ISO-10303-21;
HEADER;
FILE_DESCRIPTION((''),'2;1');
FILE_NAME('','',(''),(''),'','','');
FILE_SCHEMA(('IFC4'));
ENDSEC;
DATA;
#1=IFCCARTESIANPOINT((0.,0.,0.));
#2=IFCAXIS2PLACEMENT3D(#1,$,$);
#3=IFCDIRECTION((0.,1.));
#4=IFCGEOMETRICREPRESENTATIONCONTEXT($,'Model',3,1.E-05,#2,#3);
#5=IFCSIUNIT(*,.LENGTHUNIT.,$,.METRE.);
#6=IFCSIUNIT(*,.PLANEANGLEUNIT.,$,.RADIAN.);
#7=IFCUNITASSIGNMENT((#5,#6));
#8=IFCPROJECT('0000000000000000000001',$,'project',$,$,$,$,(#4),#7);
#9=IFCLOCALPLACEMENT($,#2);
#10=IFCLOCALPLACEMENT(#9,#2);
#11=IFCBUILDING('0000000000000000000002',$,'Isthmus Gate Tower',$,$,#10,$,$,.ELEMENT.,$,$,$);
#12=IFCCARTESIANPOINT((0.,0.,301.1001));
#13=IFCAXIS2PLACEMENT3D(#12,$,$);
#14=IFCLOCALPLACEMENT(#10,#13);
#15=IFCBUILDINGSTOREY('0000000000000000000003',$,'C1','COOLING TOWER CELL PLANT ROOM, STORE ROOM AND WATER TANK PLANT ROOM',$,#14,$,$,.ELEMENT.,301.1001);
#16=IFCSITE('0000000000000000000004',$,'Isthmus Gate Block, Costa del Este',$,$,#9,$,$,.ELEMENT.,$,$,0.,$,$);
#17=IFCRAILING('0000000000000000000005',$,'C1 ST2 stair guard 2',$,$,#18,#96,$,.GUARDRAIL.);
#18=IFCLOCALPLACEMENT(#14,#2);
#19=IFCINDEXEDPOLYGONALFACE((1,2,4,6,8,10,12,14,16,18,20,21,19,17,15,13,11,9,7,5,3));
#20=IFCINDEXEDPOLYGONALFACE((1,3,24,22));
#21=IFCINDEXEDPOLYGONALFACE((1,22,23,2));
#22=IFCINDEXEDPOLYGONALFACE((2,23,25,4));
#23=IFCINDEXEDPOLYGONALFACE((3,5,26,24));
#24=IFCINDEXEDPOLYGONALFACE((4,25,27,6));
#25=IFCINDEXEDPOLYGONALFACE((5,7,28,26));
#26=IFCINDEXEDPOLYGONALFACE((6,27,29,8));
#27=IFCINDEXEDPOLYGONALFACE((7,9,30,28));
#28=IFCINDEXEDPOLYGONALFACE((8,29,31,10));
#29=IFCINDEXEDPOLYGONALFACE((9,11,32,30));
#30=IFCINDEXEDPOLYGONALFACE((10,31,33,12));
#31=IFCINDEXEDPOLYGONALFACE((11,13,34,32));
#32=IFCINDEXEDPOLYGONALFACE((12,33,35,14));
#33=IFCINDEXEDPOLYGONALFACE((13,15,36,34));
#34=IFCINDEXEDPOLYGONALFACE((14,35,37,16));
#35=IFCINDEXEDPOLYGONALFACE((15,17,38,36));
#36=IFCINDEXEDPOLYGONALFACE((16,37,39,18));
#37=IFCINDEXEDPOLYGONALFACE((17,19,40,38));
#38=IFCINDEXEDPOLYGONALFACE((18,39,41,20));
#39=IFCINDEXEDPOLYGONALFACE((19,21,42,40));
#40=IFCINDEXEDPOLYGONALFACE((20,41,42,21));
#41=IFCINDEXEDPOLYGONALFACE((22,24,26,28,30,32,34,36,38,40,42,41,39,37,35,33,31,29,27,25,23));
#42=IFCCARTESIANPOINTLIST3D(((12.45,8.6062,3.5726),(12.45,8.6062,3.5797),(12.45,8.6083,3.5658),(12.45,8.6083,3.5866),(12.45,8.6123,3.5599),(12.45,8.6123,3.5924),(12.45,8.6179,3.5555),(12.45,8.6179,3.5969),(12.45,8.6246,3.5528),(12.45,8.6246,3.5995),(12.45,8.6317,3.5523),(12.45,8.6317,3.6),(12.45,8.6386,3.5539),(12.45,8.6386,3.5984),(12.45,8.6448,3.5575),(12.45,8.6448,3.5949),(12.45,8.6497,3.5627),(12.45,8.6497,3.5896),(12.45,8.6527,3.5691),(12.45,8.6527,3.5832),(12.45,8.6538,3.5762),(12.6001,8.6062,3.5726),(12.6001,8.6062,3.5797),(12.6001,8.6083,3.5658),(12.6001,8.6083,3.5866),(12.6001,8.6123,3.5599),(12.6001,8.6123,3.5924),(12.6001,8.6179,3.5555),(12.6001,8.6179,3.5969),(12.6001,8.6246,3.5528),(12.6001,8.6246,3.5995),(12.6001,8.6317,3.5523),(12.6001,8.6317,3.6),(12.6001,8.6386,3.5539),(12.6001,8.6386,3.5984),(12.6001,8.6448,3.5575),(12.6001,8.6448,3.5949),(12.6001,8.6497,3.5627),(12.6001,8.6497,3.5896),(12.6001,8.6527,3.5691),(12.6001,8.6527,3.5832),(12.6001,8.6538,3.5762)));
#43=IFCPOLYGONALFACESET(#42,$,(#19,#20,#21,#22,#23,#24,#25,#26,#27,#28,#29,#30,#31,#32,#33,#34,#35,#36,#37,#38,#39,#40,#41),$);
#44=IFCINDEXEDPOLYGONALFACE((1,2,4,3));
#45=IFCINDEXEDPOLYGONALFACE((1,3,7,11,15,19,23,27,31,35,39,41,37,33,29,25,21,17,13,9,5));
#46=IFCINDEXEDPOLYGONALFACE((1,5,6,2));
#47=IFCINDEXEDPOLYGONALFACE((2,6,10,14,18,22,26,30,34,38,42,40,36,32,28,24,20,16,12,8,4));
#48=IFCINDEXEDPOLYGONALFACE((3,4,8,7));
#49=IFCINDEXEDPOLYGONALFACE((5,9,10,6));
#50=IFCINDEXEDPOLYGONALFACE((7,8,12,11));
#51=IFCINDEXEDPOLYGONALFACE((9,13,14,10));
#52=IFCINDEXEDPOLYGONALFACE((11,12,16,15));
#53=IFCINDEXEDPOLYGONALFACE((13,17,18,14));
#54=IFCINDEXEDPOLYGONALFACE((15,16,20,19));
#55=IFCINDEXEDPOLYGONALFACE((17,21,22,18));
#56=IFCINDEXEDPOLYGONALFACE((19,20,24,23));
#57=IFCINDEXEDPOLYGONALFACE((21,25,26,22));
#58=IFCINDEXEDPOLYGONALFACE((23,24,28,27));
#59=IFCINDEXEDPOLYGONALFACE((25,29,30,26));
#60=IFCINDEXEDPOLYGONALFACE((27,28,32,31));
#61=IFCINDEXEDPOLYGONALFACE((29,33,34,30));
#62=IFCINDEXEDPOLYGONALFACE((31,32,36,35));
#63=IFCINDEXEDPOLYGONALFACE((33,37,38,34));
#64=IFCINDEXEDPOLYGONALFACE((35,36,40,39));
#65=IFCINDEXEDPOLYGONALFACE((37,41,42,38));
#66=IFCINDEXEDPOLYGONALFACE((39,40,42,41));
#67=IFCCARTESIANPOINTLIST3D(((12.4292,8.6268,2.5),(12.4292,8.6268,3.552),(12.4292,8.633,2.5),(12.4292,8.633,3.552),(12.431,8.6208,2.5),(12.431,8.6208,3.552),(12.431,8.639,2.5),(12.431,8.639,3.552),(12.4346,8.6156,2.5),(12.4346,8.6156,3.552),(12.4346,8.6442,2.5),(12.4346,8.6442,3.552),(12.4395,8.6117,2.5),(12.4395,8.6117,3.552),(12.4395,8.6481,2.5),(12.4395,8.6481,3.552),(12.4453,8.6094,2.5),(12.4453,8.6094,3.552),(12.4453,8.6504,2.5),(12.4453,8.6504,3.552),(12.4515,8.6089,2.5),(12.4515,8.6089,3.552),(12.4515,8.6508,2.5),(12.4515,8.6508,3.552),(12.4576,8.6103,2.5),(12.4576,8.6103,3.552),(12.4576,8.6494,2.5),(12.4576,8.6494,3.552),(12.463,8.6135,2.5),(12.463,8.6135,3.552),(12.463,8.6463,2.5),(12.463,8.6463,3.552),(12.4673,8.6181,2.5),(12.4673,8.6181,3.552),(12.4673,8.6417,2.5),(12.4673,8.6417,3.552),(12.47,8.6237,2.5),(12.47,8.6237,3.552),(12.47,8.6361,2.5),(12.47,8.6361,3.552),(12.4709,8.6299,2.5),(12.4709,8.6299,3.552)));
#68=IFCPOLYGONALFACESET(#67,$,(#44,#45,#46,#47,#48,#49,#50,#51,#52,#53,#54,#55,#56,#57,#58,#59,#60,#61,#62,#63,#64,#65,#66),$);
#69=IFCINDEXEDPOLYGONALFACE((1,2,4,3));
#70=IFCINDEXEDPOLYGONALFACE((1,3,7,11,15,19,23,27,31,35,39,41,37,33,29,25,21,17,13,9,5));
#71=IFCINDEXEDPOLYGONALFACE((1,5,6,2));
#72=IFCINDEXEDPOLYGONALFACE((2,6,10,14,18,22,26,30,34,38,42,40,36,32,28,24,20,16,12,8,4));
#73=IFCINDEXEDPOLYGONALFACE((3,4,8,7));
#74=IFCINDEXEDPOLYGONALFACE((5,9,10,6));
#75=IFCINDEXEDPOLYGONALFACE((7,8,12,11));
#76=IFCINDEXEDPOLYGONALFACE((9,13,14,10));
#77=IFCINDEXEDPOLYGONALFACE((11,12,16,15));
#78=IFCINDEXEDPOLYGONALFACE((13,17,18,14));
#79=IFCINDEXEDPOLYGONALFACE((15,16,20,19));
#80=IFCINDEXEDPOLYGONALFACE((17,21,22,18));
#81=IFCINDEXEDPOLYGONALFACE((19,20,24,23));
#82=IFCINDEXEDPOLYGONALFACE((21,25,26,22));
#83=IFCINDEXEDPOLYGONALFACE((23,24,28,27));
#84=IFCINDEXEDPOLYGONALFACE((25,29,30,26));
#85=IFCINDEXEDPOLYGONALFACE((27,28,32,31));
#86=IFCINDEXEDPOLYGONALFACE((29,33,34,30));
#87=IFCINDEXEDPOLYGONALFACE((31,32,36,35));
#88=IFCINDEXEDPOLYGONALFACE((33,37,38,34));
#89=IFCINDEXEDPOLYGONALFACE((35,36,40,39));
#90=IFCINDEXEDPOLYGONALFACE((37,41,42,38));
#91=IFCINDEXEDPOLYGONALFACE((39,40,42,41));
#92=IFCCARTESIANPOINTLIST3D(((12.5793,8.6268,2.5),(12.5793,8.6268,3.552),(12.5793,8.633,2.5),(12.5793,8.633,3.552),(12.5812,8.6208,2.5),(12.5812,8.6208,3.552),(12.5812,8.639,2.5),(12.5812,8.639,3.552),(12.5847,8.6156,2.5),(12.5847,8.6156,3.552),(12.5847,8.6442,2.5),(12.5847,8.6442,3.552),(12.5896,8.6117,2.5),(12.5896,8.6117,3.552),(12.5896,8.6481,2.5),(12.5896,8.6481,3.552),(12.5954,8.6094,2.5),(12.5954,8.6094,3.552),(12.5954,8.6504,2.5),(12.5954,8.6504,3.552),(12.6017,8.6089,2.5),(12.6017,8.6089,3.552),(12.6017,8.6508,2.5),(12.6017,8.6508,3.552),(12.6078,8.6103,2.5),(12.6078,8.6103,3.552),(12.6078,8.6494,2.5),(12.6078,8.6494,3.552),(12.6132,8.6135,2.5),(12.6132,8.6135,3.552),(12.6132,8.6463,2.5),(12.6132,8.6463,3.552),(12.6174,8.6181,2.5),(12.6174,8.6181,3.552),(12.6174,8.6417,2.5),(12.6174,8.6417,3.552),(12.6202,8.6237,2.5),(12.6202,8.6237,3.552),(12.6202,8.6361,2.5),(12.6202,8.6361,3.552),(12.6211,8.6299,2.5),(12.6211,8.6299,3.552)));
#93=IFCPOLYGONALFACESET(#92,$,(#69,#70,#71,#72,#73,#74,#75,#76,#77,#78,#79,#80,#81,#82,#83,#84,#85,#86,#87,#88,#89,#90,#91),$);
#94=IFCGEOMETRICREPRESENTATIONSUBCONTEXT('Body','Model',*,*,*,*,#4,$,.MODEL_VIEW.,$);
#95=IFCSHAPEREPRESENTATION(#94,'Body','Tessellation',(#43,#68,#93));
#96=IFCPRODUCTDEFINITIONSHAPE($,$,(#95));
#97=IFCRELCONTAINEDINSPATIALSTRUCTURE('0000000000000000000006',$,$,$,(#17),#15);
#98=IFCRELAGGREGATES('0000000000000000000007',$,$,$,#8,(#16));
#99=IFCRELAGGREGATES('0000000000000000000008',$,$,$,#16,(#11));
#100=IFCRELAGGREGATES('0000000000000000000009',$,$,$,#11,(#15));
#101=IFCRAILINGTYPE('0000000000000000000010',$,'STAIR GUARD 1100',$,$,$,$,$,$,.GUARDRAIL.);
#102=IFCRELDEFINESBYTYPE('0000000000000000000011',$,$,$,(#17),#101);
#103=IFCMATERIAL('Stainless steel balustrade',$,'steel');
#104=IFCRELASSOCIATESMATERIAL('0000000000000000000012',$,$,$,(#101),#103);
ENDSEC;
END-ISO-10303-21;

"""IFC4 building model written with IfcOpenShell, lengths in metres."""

from ifc_helpers import new_model, si_unit, direction, frame, origin, origin_2d, place, context, subcontext, project, spatial, circle, extrude, material, type_object, element, save


model = new_model("IFC4")

# Units and contexts
model_context = context("Model", 3, precision=1e-05, world=origin(), true_north=direction((0.0, 1.0)))
body_context = subcontext(model_context, "Body", "Model", "MODEL_VIEW")
ifc_project = project(units=[si_unit("LENGTHUNIT", "METRE"), si_unit("PLANEANGLEUNIT", "RADIAN")], contexts=[model_context])

# Site, building, storey
site_placement = place(None, origin())
site = spatial("IfcSite", under=ifc_project, at=site_placement, Name="Isthmus Gate Block, Costa del Este", CompositionType="ELEMENT", RefElevation=0.0)
building_placement = place(site_placement, origin())
building = spatial("IfcBuilding", under=site, at=building_placement, Name="Isthmus Gate Tower", CompositionType="ELEMENT")
storey_placement = place(building_placement, frame((0.0, 0.0, 301.1001)))
storey = spatial("IfcBuildingStorey", under=building, at=storey_placement, Name="C1", Description="COOLING TOWER CELL PLANT ROOM, STORE ROOM AND WATER TANK PLANT ROOM", CompositionType="ELEMENT", Elevation=301.1001)

# Railing
ifc_material_1 = material(Name="Stainless steel balustrade", Category="steel")
railing_type_1 = type_object("IfcRailingType", Name="STAIR GUARD 1100", PredefinedType="GUARDRAIL", material=ifc_material_1)
railing_1_placement = place(storey_placement, frame((12.45, 8.6299, 2.5)))
element("IfcRailing", 1, at=railing_1_placement, inside=storey, type_object=railing_type_1, Name="C1 ST2 stair guard 2", PredefinedType="GUARDRAIL", context=body_context, shape_type="SweptSolid", body=[
    extrude(circle(Radius=0.0239, at=origin_2d()), frame((0.0, 0.0, 1.0762), z_axis=(1.0, 0.0, 0.0), x_axis=(0.0, 1.0, 0.0)), (0.0, 0.0, 1.0), 0.1501),
    extrude(circle(Radius=0.021, at=origin_2d()), origin(), (0.0, 0.0, 1.0), 1.052),
    extrude(circle(Radius=0.021, at=origin_2d()), frame((0.1501, 0.0, 0.0)), (0.0, 0.0, 1.0), 1.052),
])

save(model, "model.ifc")
